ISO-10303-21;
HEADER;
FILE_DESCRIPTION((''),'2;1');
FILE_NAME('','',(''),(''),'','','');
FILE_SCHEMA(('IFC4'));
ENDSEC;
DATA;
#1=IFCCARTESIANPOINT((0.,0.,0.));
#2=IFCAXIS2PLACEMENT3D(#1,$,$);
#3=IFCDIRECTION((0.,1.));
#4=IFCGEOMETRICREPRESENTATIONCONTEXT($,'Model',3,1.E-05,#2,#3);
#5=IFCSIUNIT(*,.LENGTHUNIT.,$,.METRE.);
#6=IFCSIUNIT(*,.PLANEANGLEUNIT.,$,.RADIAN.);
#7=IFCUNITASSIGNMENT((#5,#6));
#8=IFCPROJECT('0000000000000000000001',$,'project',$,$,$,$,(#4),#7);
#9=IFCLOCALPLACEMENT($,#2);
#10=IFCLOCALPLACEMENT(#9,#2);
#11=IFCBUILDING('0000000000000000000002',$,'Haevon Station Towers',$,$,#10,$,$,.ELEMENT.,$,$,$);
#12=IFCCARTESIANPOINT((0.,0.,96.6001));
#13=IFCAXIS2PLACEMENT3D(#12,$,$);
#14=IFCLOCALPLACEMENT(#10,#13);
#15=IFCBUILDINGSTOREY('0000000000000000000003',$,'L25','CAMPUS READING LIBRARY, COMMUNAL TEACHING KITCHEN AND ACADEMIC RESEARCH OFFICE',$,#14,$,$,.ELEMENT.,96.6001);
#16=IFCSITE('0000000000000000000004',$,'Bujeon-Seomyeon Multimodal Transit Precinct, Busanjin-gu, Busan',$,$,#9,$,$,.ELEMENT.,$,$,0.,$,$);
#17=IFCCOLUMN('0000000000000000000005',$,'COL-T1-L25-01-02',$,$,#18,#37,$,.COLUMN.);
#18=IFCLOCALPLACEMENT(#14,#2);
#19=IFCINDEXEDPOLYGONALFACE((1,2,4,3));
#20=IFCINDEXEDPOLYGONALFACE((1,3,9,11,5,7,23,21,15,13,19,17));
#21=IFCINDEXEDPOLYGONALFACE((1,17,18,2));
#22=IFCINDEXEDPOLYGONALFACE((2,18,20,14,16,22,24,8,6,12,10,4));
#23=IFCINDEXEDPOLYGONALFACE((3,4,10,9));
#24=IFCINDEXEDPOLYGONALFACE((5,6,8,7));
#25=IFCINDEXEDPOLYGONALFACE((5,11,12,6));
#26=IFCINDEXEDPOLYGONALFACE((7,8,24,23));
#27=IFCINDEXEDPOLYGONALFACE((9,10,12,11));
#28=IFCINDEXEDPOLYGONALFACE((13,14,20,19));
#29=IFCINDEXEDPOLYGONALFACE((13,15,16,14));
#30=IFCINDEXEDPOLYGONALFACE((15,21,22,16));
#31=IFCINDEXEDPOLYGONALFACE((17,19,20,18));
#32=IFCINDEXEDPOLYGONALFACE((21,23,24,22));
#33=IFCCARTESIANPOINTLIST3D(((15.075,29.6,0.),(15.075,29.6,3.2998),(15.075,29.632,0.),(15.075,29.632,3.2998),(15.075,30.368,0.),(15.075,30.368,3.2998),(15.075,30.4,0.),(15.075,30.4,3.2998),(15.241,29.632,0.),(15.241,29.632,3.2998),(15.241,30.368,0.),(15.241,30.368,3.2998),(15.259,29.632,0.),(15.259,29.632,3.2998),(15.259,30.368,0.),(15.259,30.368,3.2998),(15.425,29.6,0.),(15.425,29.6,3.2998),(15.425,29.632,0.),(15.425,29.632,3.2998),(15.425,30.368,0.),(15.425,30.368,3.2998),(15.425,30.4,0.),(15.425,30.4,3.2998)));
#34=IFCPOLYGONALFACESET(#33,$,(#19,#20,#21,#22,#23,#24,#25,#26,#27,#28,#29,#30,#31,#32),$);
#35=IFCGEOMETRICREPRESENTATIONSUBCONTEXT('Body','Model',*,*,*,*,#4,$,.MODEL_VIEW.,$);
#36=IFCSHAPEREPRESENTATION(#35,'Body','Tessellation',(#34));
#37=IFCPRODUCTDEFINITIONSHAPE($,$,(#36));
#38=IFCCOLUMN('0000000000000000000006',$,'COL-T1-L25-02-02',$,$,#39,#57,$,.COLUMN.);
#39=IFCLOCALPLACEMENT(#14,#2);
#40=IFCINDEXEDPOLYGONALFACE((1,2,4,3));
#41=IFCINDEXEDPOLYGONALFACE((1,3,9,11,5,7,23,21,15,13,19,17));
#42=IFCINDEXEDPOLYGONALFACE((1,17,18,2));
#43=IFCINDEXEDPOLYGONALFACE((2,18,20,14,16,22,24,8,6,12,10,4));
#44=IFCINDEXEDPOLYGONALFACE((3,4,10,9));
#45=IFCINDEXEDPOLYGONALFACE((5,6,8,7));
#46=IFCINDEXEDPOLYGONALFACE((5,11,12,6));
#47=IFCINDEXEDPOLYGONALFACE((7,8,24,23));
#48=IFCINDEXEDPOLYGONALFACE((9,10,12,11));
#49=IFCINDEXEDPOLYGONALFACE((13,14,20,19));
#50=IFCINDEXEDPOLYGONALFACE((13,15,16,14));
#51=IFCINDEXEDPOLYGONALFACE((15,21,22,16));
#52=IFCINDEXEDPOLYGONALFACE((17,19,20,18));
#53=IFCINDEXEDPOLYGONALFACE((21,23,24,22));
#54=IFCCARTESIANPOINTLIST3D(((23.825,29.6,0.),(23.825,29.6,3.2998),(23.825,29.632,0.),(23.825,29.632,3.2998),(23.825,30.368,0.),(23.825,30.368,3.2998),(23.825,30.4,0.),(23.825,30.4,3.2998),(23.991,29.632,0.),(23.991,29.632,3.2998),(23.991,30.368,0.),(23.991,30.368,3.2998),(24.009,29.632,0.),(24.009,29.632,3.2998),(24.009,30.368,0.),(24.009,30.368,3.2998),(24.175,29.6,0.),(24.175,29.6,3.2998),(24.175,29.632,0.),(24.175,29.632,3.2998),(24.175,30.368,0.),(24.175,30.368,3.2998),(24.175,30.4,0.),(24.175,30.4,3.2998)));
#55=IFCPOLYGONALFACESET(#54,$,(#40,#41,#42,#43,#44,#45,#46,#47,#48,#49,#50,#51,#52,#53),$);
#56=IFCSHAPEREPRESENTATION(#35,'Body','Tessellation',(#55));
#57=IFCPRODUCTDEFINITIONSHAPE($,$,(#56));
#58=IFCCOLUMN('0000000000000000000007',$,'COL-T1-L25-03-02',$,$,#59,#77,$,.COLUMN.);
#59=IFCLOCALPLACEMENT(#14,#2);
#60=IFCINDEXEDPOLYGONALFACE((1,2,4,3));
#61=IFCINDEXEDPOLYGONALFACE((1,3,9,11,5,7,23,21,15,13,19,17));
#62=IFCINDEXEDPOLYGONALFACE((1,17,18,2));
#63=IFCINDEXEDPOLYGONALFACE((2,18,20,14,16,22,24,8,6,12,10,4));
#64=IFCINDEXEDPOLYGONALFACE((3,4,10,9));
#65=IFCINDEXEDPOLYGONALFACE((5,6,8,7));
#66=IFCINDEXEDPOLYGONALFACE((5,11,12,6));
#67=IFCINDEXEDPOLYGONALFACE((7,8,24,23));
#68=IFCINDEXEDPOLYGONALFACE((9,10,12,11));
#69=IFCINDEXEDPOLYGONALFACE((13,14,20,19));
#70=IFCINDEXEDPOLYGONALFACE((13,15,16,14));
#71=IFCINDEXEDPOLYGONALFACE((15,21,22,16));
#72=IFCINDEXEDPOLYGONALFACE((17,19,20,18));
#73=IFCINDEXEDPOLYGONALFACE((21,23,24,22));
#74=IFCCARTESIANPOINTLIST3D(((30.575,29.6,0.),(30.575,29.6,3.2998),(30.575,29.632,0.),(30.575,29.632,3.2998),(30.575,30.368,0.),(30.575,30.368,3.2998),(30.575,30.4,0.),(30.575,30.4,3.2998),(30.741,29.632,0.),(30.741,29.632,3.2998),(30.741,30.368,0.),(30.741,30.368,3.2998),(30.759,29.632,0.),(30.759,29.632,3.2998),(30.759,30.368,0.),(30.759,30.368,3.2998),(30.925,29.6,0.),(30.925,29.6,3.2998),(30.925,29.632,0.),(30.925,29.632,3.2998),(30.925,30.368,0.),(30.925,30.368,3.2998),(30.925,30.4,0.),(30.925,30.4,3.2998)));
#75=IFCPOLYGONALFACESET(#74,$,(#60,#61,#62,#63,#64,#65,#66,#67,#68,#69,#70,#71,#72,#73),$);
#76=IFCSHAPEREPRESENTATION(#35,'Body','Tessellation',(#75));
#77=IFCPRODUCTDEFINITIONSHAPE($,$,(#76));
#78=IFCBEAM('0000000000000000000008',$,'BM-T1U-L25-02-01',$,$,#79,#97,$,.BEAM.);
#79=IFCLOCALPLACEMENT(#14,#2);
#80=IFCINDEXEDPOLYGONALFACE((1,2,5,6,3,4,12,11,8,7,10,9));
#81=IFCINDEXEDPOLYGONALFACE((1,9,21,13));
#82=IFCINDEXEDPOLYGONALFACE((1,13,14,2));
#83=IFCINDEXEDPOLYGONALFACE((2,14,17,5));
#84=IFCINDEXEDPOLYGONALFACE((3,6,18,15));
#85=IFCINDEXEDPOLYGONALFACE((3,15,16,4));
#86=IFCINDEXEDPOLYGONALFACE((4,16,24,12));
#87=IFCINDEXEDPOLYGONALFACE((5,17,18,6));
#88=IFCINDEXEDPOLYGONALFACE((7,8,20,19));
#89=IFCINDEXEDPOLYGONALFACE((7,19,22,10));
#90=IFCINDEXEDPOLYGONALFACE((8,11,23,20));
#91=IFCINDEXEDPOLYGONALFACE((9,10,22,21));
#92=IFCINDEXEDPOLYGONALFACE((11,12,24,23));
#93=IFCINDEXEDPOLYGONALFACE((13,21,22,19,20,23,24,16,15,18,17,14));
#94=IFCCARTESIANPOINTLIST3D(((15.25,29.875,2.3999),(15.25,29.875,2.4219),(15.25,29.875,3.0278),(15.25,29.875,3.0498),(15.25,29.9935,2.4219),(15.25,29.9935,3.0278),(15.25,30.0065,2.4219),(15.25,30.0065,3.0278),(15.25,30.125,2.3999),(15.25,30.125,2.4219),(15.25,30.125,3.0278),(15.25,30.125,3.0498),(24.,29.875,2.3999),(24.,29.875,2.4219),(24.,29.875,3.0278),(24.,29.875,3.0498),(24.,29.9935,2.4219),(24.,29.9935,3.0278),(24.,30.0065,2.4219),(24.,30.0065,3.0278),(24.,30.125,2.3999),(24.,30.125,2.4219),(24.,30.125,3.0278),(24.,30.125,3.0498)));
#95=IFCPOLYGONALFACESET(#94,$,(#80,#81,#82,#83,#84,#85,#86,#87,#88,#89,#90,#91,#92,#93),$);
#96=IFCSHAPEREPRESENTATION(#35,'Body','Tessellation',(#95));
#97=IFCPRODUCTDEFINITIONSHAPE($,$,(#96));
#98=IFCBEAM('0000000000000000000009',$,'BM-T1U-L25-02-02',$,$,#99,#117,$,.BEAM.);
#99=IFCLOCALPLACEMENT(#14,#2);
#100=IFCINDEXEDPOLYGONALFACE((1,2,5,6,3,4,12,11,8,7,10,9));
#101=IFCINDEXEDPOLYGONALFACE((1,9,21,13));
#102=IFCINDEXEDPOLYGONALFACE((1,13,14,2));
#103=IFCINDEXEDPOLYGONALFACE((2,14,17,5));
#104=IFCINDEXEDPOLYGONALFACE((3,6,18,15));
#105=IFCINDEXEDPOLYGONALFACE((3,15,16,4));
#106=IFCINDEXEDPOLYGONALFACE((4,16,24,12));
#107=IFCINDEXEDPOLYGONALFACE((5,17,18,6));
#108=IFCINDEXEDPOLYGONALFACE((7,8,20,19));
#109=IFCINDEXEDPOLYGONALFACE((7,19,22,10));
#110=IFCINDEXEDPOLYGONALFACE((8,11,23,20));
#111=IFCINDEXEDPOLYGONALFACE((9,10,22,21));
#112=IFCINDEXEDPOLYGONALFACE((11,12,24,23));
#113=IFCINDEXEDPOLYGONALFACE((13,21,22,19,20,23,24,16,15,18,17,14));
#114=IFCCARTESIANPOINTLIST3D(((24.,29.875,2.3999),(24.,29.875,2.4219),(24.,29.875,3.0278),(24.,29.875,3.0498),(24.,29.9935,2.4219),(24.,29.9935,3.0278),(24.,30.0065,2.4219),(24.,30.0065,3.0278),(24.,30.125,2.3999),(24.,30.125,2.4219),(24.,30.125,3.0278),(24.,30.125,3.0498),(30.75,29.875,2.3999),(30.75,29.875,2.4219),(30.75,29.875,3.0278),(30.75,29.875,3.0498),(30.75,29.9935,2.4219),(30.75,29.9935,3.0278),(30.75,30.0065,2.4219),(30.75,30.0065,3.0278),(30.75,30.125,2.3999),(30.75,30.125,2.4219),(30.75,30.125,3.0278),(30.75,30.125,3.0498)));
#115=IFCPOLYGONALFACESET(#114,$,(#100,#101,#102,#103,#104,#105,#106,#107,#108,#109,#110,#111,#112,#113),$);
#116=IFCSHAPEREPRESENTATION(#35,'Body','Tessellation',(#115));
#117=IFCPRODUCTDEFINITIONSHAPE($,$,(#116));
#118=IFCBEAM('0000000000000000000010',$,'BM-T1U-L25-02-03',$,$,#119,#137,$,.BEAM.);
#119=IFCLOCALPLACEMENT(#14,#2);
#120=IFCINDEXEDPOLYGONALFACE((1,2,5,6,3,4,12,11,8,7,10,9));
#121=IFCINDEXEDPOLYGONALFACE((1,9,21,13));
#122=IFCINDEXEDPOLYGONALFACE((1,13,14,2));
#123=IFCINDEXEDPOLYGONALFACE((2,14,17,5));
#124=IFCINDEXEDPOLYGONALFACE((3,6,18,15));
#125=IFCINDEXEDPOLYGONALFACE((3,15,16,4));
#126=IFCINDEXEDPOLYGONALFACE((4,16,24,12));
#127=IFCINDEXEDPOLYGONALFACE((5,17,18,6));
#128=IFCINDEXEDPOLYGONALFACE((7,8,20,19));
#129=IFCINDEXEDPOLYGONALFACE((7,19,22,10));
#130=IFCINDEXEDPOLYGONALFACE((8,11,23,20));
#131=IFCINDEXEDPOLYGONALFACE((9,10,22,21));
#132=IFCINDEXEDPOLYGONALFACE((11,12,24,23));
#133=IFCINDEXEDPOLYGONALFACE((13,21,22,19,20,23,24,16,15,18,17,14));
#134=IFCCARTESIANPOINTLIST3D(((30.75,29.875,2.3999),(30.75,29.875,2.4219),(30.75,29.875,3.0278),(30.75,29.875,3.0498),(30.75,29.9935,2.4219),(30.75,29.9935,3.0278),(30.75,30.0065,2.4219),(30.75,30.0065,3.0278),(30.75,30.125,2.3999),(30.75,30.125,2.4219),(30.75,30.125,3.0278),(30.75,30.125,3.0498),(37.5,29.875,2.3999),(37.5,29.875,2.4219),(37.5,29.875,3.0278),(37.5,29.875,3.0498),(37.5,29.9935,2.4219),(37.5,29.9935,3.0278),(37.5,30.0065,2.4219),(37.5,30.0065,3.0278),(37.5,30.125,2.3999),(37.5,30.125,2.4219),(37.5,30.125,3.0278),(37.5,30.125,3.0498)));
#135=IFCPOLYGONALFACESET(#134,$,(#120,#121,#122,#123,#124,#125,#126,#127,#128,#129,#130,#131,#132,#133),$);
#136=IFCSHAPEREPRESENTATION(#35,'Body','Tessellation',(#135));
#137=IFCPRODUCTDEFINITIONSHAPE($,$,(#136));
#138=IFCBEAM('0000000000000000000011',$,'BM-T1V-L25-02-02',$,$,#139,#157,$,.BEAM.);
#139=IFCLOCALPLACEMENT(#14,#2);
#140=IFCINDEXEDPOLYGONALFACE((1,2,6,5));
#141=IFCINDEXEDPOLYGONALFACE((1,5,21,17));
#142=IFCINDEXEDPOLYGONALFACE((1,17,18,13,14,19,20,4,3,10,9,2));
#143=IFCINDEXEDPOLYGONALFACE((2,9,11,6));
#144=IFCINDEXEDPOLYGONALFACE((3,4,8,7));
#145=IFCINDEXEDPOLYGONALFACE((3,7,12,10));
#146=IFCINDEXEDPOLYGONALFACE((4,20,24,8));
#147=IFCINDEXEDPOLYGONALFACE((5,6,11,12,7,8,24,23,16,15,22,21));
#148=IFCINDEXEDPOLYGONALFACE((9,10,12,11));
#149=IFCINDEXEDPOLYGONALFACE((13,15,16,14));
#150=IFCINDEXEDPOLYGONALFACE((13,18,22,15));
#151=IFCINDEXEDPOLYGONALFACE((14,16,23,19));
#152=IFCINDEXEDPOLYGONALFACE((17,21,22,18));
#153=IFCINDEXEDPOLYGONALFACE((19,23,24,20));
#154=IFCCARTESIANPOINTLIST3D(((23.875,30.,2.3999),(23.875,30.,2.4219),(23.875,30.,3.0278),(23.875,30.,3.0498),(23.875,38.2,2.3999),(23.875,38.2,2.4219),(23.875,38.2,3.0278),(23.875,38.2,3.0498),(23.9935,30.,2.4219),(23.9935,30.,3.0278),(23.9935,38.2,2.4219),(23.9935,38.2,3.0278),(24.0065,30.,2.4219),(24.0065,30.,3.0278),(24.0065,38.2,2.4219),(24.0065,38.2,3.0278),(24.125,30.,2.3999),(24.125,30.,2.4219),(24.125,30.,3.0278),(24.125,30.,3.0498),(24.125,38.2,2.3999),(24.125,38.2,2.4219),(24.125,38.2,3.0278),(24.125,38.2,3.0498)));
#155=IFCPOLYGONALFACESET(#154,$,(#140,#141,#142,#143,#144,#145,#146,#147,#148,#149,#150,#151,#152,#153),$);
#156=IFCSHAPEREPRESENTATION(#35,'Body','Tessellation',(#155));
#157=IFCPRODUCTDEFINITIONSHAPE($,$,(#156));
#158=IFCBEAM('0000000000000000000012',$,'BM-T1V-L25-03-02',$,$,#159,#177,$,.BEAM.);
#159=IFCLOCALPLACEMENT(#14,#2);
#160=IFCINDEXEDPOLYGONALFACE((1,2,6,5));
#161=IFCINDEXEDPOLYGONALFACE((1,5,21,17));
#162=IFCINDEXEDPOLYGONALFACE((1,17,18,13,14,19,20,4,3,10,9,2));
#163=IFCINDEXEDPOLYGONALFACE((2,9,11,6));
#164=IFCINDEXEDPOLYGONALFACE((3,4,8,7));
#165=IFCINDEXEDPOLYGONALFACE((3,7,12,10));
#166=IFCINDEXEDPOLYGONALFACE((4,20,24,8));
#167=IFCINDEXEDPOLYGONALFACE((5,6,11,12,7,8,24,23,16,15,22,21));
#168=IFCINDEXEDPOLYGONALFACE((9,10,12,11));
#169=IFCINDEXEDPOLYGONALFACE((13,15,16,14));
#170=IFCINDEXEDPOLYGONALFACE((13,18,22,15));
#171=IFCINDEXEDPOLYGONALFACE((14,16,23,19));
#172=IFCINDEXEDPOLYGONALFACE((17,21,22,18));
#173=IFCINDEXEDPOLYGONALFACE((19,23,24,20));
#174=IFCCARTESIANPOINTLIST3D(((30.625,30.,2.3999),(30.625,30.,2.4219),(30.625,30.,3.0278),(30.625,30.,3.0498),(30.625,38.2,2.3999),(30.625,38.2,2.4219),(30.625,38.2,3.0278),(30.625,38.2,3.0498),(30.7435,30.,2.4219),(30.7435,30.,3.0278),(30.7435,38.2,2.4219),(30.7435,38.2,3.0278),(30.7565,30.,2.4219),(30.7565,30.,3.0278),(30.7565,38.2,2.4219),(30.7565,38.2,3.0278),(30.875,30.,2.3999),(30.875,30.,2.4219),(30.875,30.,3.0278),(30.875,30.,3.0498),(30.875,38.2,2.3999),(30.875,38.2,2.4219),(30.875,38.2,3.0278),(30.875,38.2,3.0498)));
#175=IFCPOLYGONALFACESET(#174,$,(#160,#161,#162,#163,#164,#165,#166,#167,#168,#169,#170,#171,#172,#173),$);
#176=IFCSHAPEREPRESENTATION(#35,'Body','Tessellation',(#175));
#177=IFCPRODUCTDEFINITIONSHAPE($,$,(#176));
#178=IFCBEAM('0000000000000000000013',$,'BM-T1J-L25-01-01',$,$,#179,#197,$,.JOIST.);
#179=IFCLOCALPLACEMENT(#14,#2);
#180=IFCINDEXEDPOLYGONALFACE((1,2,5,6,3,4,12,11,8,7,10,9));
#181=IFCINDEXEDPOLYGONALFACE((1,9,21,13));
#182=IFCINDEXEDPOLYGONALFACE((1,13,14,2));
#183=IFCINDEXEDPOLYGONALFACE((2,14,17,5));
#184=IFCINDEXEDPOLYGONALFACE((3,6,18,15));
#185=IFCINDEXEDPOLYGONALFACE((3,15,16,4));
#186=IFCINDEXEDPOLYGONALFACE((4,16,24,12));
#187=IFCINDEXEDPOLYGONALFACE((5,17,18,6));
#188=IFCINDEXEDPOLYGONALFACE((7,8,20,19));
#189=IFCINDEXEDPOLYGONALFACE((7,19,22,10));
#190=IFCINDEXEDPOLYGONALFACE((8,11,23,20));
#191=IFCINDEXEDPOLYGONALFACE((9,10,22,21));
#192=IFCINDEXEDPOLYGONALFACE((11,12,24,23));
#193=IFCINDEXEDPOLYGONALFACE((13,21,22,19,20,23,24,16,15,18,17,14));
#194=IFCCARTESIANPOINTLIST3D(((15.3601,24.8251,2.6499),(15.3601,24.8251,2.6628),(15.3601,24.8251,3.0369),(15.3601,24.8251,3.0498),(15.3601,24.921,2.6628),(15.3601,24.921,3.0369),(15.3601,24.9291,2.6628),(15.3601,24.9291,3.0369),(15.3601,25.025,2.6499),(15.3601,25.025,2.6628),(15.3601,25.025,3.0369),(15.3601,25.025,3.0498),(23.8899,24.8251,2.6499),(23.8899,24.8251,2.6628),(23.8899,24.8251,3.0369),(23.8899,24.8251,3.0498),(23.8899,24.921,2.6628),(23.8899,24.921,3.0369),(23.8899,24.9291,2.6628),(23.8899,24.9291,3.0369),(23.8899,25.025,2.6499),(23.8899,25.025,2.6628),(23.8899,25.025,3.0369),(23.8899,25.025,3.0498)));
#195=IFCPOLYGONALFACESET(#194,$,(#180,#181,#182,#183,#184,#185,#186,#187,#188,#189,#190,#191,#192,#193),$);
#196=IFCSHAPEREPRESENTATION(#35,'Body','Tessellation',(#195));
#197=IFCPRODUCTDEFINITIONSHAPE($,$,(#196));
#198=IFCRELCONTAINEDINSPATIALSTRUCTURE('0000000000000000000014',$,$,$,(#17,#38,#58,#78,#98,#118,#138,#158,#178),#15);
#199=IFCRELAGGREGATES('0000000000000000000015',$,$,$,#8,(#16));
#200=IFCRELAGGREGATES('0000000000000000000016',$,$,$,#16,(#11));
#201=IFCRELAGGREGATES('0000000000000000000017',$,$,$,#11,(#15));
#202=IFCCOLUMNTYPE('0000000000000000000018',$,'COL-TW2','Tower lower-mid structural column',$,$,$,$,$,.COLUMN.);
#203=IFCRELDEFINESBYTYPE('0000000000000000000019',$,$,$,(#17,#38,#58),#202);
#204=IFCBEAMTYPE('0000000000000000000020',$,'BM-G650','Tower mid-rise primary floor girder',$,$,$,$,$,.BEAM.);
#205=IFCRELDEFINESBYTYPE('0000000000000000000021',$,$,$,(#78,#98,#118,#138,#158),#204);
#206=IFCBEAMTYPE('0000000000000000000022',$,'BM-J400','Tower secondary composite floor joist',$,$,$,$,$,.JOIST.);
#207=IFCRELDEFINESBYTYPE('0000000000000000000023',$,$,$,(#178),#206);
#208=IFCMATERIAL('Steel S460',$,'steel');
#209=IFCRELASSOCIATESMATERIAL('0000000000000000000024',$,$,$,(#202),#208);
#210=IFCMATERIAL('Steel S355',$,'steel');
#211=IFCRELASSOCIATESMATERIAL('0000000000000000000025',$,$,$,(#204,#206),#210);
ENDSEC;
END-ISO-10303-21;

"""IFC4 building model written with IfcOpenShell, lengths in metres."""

from ifc_helpers import new_model, si_unit, direction, frame, origin, origin_2d, place, context, subcontext, project, spatial, i_section, extrude, material, material_profile, profile_set, type_object, element, save


model = new_model("IFC4")

# Units and contexts
model_context = context("Model", 3, precision=1e-05, world=origin(), true_north=direction((0.0, 1.0)))
body_context = subcontext(model_context, "Body", "Model", "MODEL_VIEW")
ifc_project = project(units=[si_unit("LENGTHUNIT", "METRE"), si_unit("PLANEANGLEUNIT", "RADIAN")], contexts=[model_context])

# Site, building, storey
site_placement = place(None, origin())
site = spatial("IfcSite", under=ifc_project, at=site_placement, Name="Bujeon-Seomyeon Multimodal Transit Precinct, Busanjin-gu, Busan", CompositionType="ELEMENT", RefElevation=0.0)
building_placement = place(site_placement, origin())
building = spatial("IfcBuilding", under=site, at=building_placement, Name="Haevon Station Towers", CompositionType="ELEMENT")
storey_placement = place(building_placement, frame((0.0, 0.0, 96.6001)))
storey = spatial("IfcBuildingStorey", under=building, at=storey_placement, Name="L25", Description="CAMPUS READING LIBRARY, COMMUNAL TEACHING KITCHEN AND ACADEMIC RESEARCH OFFICE", CompositionType="ELEMENT", Elevation=96.6001)

# Columns
ifc_material_1 = material(Name="Steel S460", Category="steel")
ifc_material_profile_1 = material_profile(ifc_material_1, i_section(OverallWidth=0.3501, OverallDepth=0.8, WebThickness=0.0181, FlangeThickness=0.032, at=origin_2d()), Name="H-800x350x18x32")
ifc_profile_set_1 = profile_set([ifc_material_profile_1], Name="Steel S460")
column_type = type_object("IfcColumnType", Name="COL-TW2", Description="Tower lower-mid structural column", PredefinedType="COLUMN", material=ifc_profile_set_1)
for number, where, z_axis, x_axis, name in (
    (1, (15.25, 30.0, 0.0), (0.0, 0.0, 1.0), (1.0, 0.0, 0.0), "COL-T1-L25-01-02"),
    (2, (24.0, 30.0, 0.0), (0.0, 0.0, 1.0), (1.0, 0.0, 0.0), "COL-T1-L25-02-02"),
    (3, (30.75, 30.0, 0.0), (0.0, 0.0, 1.0), (1.0, 0.0, 0.0), "COL-T1-L25-03-02"),
):
    element("IfcColumn", number, at=place(storey_placement, frame(where, z_axis=z_axis, x_axis=x_axis)), inside=storey, type_object=column_type, Name=name, PredefinedType="COLUMN", context=body_context, shape_type="SweptSolid", body=[
        extrude(i_section(OverallWidth=0.3501, OverallDepth=0.8, WebThickness=0.0181, FlangeThickness=0.032, at=origin_2d()), origin(), (0.0, 0.0, 1.0), 3.2998),
    ])

# Beams
ifc_material_2 = material(Name="Steel S355", Category="steel")
ifc_material_profile_2 = material_profile(ifc_material_2, i_section(OverallWidth=0.25, OverallDepth=0.6499, WebThickness=0.0129, FlangeThickness=0.022, at=origin_2d()), Name="H-650x250x13x22")
ifc_profile_set_2 = profile_set([ifc_material_profile_2], Name="Steel S355")
beam_type_1 = type_object("IfcBeamType", Name="BM-G650", Description="Tower mid-rise primary floor girder", PredefinedType="BEAM", material=ifc_profile_set_2)
beam_1_placement = place(storey_placement, frame((15.25, 30.0, 2.7249), z_axis=(1.0, 0.0, 0.0), x_axis=(0.0, 1.0, 0.0)))
element("IfcBeam", 4, at=beam_1_placement, inside=storey, type_object=beam_type_1, Name="BM-T1U-L25-02-01", PredefinedType="BEAM", context=body_context, shape_type="SweptSolid", body=[
    extrude(i_section(OverallWidth=0.25, OverallDepth=0.6499, WebThickness=0.0129, FlangeThickness=0.022, at=origin_2d()), origin(), (0.0, 0.0, 1.0), 8.75),
])
for number, where, z_axis, x_axis, name in (
    (5, (24.0, 30.0, 2.7249), (1.0, 0.0, 0.0), (0.0, 1.0, 0.0), "BM-T1U-L25-02-02"),
    (6, (30.75, 30.0, 2.7249), (1.0, 0.0, 0.0), (0.0, 1.0, 0.0), "BM-T1U-L25-02-03"),
):
    element("IfcBeam", number, at=place(storey_placement, frame(where, z_axis=z_axis, x_axis=x_axis)), inside=storey, type_object=beam_type_1, Name=name, PredefinedType="BEAM", context=body_context, shape_type="SweptSolid", body=[
        extrude(i_section(OverallWidth=0.25, OverallDepth=0.6499, WebThickness=0.0129, FlangeThickness=0.022, at=origin_2d()), origin(), (0.0, 0.0, 1.0), 6.75),
    ])
for number, where, z_axis, x_axis, name in (
    (7, (24.0, 30.0, 2.7249), (0.0, 1.0, 0.0), (-1.0, 0.0, 0.0), "BM-T1V-L25-02-02"),
    (8, (30.75, 30.0, 2.7249), (0.0, 1.0, 0.0), (-1.0, 0.0, 0.0), "BM-T1V-L25-03-02"),
):
    element("IfcBeam", number, at=place(storey_placement, frame(where, z_axis=z_axis, x_axis=x_axis)), inside=storey, type_object=beam_type_1, Name=name, PredefinedType="BEAM", context=body_context, shape_type="SweptSolid", body=[
        extrude(i_section(OverallWidth=0.25, OverallDepth=0.6499, WebThickness=0.0129, FlangeThickness=0.022, at=origin_2d()), origin(), (0.0, 0.0, 1.0), 8.2),
    ])
ifc_material_profile_3 = material_profile(ifc_material_2, i_section(OverallWidth=0.2, OverallDepth=0.3999, WebThickness=0.0081, FlangeThickness=0.0129, at=origin_2d()), Name="H-400x200x8x13")
ifc_profile_set_3 = profile_set([ifc_material_profile_3], Name="Steel S355")
beam_type_2 = type_object("IfcBeamType", Name="BM-J400", Description="Tower secondary composite floor joist", PredefinedType="JOIST", material=ifc_profile_set_3)
beam_2_placement = place(storey_placement, frame((15.3601, 24.925, 2.8499), z_axis=(1.0, 0.0, 0.0), x_axis=(0.0, 1.0, 0.0)))
element("IfcBeam", 9, at=beam_2_placement, inside=storey, type_object=beam_type_2, Name="BM-T1J-L25-01-01", PredefinedType="JOIST", context=body_context, shape_type="SweptSolid", body=[
    extrude(i_section(OverallWidth=0.2, OverallDepth=0.3999, WebThickness=0.0081, FlangeThickness=0.0129, at=origin_2d()), origin(), (0.0, 0.0, 1.0), 8.5298),
])

save(model, "model.ifc")
